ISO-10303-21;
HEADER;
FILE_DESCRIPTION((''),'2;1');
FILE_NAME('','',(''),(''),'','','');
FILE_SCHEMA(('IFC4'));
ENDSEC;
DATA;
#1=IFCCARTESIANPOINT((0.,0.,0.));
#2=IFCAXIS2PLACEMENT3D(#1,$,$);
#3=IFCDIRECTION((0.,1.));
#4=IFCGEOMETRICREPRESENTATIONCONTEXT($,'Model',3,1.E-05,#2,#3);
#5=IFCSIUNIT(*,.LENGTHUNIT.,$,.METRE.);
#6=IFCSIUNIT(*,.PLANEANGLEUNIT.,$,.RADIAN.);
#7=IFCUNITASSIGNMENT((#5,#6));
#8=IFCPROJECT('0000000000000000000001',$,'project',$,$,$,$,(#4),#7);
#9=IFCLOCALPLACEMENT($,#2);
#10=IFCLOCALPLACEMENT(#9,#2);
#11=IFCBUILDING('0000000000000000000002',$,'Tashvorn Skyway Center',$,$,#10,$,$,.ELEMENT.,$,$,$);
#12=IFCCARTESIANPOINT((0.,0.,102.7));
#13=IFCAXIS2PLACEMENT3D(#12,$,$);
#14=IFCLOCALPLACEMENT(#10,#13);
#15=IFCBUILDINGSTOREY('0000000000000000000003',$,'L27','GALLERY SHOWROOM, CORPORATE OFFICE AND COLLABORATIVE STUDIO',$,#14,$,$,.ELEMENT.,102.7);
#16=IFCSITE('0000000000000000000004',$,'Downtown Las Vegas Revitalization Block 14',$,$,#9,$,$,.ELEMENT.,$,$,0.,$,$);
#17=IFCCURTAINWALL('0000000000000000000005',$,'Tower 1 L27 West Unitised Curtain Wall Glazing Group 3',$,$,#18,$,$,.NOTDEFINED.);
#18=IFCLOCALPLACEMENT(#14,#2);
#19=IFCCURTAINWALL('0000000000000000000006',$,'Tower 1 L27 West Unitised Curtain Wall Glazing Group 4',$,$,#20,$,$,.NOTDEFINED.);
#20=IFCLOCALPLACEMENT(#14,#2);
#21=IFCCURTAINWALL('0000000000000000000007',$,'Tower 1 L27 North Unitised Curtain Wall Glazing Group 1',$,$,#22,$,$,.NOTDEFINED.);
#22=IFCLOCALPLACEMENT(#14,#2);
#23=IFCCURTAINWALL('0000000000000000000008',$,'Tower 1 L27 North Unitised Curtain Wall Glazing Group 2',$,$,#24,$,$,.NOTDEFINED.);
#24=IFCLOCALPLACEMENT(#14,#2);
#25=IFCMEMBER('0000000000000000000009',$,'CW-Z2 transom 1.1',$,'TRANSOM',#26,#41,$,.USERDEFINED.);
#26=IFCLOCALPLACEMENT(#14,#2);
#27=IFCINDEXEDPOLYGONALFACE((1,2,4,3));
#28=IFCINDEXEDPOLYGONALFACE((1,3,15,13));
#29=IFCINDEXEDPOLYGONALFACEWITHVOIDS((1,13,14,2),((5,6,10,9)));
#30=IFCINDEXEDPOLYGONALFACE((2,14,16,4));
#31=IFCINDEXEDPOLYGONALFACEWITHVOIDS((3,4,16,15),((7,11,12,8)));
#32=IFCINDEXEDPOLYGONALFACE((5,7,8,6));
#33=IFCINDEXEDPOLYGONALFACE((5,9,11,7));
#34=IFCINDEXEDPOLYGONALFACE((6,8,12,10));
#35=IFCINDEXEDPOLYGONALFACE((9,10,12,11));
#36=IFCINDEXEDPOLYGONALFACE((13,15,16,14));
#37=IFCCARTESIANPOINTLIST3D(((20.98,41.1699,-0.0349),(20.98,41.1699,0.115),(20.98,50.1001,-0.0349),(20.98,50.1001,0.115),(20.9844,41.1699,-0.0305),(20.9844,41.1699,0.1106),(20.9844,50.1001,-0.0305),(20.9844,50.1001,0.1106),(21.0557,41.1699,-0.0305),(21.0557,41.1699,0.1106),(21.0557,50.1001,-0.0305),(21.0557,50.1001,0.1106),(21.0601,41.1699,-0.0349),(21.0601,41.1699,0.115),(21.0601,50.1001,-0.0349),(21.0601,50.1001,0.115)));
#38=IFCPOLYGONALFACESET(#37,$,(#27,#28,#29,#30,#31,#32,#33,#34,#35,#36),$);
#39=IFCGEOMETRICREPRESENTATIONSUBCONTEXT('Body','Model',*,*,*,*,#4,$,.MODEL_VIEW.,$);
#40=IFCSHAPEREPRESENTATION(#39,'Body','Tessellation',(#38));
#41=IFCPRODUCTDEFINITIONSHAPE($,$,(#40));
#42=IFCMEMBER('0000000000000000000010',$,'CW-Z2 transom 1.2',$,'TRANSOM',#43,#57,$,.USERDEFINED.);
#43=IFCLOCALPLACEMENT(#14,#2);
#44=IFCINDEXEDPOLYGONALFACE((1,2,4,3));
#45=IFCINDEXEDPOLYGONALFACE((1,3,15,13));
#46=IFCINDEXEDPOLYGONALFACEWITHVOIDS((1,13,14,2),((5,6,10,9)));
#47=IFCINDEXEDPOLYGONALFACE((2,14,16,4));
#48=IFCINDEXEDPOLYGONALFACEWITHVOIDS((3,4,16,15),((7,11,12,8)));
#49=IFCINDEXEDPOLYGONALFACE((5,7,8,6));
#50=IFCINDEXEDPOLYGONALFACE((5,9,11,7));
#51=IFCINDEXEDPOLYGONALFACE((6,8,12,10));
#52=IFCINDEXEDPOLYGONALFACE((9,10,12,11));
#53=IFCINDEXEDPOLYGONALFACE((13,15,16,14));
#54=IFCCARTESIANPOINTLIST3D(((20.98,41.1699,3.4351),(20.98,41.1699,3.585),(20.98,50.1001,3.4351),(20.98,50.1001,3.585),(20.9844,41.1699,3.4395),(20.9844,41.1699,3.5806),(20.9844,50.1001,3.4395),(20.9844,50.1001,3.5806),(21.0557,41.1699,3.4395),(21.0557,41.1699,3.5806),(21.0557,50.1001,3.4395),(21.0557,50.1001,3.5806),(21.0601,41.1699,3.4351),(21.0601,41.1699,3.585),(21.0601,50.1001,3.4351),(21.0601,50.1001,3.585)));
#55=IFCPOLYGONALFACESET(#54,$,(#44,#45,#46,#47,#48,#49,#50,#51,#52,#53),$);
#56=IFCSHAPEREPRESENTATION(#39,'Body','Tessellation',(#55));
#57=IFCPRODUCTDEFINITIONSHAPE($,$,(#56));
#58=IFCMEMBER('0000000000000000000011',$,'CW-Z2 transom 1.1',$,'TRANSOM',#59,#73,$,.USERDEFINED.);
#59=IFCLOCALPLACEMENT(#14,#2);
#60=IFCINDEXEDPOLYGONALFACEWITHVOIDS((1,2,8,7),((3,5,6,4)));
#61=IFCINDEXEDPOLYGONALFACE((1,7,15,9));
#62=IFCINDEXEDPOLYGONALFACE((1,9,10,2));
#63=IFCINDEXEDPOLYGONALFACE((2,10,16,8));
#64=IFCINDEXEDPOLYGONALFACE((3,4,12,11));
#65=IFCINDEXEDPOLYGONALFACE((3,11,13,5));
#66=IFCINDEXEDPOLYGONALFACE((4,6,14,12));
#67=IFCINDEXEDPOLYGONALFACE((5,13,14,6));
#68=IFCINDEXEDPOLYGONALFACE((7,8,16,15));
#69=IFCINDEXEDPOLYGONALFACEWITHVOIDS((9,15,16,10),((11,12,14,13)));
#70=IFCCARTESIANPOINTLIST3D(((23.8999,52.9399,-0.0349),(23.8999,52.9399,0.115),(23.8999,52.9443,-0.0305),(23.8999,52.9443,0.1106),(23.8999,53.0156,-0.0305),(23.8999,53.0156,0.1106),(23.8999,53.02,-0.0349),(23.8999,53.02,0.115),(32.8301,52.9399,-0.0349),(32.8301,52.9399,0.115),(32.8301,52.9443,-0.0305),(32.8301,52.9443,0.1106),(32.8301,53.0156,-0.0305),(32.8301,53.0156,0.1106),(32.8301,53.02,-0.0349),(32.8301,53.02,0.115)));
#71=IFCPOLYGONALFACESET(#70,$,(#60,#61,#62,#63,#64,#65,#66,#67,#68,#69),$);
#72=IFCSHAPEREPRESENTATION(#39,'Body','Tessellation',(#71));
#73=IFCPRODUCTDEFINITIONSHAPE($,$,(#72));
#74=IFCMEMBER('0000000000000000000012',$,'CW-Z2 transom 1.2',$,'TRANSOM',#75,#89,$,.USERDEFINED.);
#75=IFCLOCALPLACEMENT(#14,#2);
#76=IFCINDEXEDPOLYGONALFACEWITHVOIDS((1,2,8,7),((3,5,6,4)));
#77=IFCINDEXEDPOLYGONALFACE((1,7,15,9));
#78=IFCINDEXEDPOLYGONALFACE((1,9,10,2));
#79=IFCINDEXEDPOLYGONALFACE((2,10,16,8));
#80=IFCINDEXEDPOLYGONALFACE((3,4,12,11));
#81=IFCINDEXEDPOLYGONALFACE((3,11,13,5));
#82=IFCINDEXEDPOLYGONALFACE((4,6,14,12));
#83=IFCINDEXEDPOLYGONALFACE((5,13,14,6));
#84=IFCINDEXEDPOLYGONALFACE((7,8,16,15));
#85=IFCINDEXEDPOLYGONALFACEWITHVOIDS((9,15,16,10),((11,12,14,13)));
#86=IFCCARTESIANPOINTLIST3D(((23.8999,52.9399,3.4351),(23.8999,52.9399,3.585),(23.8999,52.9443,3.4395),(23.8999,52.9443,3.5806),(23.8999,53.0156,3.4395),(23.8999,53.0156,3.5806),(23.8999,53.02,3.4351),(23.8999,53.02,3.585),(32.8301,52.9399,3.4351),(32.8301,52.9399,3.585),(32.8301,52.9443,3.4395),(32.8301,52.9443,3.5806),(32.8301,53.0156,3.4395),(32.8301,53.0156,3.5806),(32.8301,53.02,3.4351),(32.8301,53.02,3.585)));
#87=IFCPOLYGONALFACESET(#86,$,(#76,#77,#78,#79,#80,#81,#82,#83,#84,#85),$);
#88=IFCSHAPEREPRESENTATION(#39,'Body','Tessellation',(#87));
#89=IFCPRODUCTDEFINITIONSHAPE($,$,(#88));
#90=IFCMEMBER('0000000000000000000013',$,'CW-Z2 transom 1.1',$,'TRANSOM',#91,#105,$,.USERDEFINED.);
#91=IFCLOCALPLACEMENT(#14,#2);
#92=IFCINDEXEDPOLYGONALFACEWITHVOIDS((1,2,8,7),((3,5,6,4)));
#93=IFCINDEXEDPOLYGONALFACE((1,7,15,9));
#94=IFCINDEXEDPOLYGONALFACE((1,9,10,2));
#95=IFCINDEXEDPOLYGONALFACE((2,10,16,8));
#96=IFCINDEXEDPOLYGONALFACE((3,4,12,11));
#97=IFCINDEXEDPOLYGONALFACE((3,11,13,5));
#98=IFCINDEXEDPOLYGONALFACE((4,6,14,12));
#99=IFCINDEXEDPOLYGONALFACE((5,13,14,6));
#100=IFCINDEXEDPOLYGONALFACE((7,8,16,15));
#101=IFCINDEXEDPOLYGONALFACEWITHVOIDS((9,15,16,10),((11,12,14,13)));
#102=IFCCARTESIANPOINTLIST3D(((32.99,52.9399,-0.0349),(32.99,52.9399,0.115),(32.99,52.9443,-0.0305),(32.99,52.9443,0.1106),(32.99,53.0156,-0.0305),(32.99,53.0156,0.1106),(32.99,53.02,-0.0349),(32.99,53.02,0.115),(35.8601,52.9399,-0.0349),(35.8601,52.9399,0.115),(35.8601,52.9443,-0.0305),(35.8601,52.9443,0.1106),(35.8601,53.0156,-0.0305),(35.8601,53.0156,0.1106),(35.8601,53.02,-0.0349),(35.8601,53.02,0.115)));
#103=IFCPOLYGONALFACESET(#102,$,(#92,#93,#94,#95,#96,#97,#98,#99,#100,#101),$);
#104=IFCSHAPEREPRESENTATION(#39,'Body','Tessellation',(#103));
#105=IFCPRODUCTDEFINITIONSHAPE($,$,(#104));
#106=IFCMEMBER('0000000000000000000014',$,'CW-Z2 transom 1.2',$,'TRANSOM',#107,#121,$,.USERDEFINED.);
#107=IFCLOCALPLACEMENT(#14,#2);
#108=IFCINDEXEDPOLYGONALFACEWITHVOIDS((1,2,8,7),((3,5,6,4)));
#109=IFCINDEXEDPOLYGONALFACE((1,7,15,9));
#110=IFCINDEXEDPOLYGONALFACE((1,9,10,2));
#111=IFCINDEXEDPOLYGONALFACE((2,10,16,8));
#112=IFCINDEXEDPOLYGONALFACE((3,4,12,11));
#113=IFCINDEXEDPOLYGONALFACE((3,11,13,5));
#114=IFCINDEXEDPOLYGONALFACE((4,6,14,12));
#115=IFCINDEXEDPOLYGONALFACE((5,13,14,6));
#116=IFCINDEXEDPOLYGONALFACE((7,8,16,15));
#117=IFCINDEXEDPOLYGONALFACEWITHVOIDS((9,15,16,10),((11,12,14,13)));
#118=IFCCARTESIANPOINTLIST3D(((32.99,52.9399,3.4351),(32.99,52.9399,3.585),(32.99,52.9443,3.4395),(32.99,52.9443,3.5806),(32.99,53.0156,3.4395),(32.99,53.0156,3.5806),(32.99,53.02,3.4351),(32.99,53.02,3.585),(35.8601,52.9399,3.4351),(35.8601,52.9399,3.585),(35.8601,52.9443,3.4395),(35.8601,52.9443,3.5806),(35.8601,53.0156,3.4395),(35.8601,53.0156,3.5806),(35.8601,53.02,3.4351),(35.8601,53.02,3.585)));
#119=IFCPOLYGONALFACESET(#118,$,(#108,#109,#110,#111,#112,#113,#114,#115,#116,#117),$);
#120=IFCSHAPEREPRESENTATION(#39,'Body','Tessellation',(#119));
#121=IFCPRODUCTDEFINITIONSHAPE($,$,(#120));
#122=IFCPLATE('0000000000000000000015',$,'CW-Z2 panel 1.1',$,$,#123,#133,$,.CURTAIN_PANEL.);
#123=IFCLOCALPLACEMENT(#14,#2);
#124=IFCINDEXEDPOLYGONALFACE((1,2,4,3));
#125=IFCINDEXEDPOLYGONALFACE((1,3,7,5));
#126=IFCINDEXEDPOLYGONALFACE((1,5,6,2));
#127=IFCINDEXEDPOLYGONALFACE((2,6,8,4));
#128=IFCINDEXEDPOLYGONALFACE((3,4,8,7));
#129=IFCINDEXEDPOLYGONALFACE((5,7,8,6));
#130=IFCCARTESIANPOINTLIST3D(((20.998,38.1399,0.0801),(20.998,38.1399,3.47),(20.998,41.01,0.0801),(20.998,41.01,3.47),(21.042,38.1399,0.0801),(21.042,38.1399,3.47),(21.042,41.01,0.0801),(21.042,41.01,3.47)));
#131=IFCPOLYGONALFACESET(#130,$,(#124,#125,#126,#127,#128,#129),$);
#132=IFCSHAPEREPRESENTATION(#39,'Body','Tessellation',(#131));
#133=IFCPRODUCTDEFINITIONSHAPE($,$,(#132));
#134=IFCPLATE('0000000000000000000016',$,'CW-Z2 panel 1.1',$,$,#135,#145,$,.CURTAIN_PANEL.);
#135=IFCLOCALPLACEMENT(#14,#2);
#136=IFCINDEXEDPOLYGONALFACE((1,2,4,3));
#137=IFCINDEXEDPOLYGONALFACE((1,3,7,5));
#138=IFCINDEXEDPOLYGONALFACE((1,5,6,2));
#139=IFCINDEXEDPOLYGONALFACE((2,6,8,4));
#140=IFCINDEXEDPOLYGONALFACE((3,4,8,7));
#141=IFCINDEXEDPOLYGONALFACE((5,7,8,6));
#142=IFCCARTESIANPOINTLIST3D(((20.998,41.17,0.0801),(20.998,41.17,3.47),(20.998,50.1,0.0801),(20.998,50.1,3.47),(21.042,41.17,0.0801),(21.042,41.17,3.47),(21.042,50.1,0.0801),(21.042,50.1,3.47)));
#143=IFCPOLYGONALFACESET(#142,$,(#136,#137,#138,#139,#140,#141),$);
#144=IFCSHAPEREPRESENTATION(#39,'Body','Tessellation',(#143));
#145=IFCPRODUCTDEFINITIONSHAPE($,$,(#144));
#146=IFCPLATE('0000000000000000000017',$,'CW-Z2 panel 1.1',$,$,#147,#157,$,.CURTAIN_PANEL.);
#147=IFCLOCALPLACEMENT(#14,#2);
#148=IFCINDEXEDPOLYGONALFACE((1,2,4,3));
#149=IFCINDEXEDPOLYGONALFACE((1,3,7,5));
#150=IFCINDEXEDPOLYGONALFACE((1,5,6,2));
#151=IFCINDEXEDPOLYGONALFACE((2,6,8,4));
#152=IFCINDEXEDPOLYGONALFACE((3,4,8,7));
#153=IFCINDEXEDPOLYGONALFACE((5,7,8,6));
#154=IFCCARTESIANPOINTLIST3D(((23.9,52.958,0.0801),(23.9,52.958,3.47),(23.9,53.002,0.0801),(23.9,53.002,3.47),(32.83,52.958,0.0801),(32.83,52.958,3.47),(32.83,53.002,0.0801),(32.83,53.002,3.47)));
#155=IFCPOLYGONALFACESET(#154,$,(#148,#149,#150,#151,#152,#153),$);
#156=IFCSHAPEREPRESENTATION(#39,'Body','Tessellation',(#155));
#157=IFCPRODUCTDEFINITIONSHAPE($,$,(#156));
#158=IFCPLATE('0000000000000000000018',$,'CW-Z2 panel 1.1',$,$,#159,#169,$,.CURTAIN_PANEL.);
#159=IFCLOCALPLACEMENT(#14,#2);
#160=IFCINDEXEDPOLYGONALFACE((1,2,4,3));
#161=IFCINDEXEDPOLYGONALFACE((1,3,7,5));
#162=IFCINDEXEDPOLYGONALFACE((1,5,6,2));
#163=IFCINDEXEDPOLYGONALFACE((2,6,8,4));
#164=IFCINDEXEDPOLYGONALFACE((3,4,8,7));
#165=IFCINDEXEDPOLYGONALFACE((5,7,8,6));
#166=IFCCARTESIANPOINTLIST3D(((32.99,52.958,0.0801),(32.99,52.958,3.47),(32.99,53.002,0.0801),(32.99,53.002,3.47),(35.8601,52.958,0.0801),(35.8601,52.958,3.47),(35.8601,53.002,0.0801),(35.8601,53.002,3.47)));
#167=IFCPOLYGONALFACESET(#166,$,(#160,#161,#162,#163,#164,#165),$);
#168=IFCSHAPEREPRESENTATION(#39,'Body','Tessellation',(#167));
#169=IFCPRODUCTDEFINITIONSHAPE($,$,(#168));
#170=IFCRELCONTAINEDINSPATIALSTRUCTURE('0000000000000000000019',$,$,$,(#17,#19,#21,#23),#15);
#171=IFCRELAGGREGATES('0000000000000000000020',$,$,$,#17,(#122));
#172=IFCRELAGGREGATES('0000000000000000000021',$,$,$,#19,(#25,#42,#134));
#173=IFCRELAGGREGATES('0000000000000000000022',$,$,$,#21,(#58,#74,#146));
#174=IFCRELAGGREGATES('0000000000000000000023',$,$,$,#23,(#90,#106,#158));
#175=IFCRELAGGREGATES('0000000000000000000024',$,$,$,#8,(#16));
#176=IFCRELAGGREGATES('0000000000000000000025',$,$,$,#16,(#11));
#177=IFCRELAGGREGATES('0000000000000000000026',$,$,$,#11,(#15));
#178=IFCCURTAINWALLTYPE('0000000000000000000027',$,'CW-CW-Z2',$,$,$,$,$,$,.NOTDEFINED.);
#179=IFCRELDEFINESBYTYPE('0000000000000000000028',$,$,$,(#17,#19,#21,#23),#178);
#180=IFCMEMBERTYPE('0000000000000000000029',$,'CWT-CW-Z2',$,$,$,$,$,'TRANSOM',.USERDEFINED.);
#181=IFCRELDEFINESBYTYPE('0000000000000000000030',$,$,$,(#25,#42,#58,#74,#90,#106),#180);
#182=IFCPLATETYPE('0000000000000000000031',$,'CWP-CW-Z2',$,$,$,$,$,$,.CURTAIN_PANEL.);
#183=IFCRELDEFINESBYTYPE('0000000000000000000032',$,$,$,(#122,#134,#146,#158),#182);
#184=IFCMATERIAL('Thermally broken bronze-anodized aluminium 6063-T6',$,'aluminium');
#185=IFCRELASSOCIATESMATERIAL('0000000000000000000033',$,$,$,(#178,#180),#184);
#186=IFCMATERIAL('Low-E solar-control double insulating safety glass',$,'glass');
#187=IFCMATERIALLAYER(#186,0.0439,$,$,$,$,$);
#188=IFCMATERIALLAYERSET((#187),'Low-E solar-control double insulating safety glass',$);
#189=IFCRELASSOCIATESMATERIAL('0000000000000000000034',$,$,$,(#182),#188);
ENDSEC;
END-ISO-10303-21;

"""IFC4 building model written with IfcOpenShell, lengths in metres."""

from ifc_helpers import new_model, si_unit, direction, frame, origin, origin_2d, place, context, subcontext, project, spatial, rectangle, hollow_rectangle, extrude, material, layer, layer_set, material_profile, profile_set, type_object, element, aggregate, save


model = new_model("IFC4")

# Units and contexts
model_context = context("Model", 3, precision=1e-05, world=origin(), true_north=direction((0.0, 1.0)))
body_context = subcontext(model_context, "Body", "Model", "MODEL_VIEW")
ifc_project = project(units=[si_unit("LENGTHUNIT", "METRE"), si_unit("PLANEANGLEUNIT", "RADIAN")], contexts=[model_context])

# Site, building, storey
site_placement = place(None, origin())
site = spatial("IfcSite", under=ifc_project, at=site_placement, Name="Downtown Las Vegas Revitalization Block 14", CompositionType="ELEMENT", RefElevation=0.0)
building_placement = place(site_placement, origin())
building = spatial("IfcBuilding", under=site, at=building_placement, Name="Tashvorn Skyway Center", CompositionType="ELEMENT")
storey_placement = place(building_placement, frame((0.0, 0.0, 102.7)))
storey = spatial("IfcBuildingStorey", under=building, at=storey_placement, Name="L27", Description="GALLERY SHOWROOM, CORPORATE OFFICE AND COLLABORATIVE STUDIO", CompositionType="ELEMENT", Elevation=102.7)

# Curtain wall
ifc_material_1 = material(Name="Thermally broken bronze-anodized aluminium 6063-T6", Category="aluminium")
curtain_wall_type = type_object("IfcCurtainWallType", Name="CW-CW-Z2", PredefinedType="NOTDEFINED", material=ifc_material_1)
curtain_wall_1_placement = place(storey_placement, origin())
curtain_wall_1 = element("IfcCurtainWall", 1, at=curtain_wall_1_placement, inside=storey, type_object=curtain_wall_type, Name="Tower 1 L27 West Unitised Curtain Wall Glazing Group 3", PredefinedType="NOTDEFINED")

# Curtain walls
curtain_wall_2_placement = place(storey_placement, origin())
curtain_wall_2 = element("IfcCurtainWall", 2, at=curtain_wall_2_placement, inside=storey, type_object=curtain_wall_type, Name="Tower 1 L27 West Unitised Curtain Wall Glazing Group 4", PredefinedType="NOTDEFINED")
curtain_wall_3_placement = place(storey_placement, origin())
curtain_wall_3 = element("IfcCurtainWall", 3, at=curtain_wall_3_placement, inside=storey, type_object=curtain_wall_type, Name="Tower 1 L27 North Unitised Curtain Wall Glazing Group 1", PredefinedType="NOTDEFINED")

# Curtain wall
curtain_wall_4_placement = place(storey_placement, origin())
curtain_wall_4 = element("IfcCurtainWall", 4, at=curtain_wall_4_placement, inside=storey, type_object=curtain_wall_type, Name="Tower 1 L27 North Unitised Curtain Wall Glazing Group 2", PredefinedType="NOTDEFINED")

# Members
ifc_material_profile_1 = material_profile(ifc_material_1, hollow_rectangle(XDim=0.0801, YDim=0.1499, WallThickness=0.0044, at=origin_2d()), Name="ALU-TRAN-80x150")
ifc_profile_set_1 = profile_set([ifc_material_profile_1], Name="Thermally broken bronze-anodized aluminium 6063-T6")
member_type_1 = type_object("IfcMemberType", Name="CWT-CW-Z2", ElementType="TRANSOM", PredefinedType="USERDEFINED", material=ifc_profile_set_1)
member_1_placement = place(storey_placement, frame((21.02, 41.1699, 0.04), z_axis=(0.0, 1.0, 0.0), x_axis=(-1.0, 0.0, 0.0)))
member_1 = element("IfcMember", 5, at=member_1_placement, type_object=member_type_1, Name="CW-Z2 transom 1.1", ObjectType="TRANSOM", PredefinedType="USERDEFINED", context=body_context, shape_type="SweptSolid", body=[
    extrude(hollow_rectangle(XDim=0.0801, YDim=0.1499, WallThickness=0.0044, at=origin_2d()), origin(), (0.0, 0.0, 1.0), 8.9302),
])
member_2_placement = place(storey_placement, frame((21.02, 41.1699, 3.51), z_axis=(0.0, 1.0, 0.0), x_axis=(-1.0, 0.0, 0.0)))
member_2 = element("IfcMember", 6, at=member_2_placement, type_object=member_type_1, Name="CW-Z2 transom 1.2", ObjectType="TRANSOM", PredefinedType="USERDEFINED", context=body_context, shape_type="SweptSolid", body=[
    extrude(hollow_rectangle(XDim=0.0801, YDim=0.1499, WallThickness=0.0044, at=origin_2d()), origin(), (0.0, 0.0, 1.0), 8.9302),
])
member_3_placement = place(storey_placement, frame((23.8999, 52.98, 0.04), z_axis=(1.0, 0.0, 0.0), x_axis=(0.0, 1.0, 0.0)))
member_3 = element("IfcMember", 7, at=member_3_placement, type_object=member_type_1, Name="CW-Z2 transom 1.1", ObjectType="TRANSOM", PredefinedType="USERDEFINED", context=body_context, shape_type="SweptSolid", body=[
    extrude(hollow_rectangle(XDim=0.0801, YDim=0.1499, WallThickness=0.0044, at=origin_2d()), origin(), (0.0, 0.0, 1.0), 8.9302),
])
member_4_placement = place(storey_placement, frame((23.8999, 52.98, 3.51), z_axis=(1.0, 0.0, 0.0), x_axis=(0.0, 1.0, 0.0)))
member_4 = element("IfcMember", 8, at=member_4_placement, type_object=member_type_1, Name="CW-Z2 transom 1.2", ObjectType="TRANSOM", PredefinedType="USERDEFINED", context=body_context, shape_type="SweptSolid", body=[
    extrude(hollow_rectangle(XDim=0.0801, YDim=0.1499, WallThickness=0.0044, at=origin_2d()), origin(), (0.0, 0.0, 1.0), 8.9302),
])
member_5_placement = place(storey_placement, frame((32.99, 52.98, 0.04), z_axis=(1.0, 0.0, 0.0), x_axis=(0.0, 1.0, 0.0)))
member_5 = element("IfcMember", 9, at=member_5_placement, type_object=member_type_1, Name="CW-Z2 transom 1.1", ObjectType="TRANSOM", PredefinedType="USERDEFINED", context=body_context, shape_type="SweptSolid", body=[
    extrude(hollow_rectangle(XDim=0.0801, YDim=0.1499, WallThickness=0.0044, at=origin_2d()), origin(), (0.0, 0.0, 1.0), 2.8701),
])
member_6_placement = place(storey_placement, frame((32.99, 52.98, 3.51), z_axis=(1.0, 0.0, 0.0), x_axis=(0.0, 1.0, 0.0)))
member_6 = element("IfcMember", 10, at=member_6_placement, type_object=member_type_1, Name="CW-Z2 transom 1.2", ObjectType="TRANSOM", PredefinedType="USERDEFINED", context=body_context, shape_type="SweptSolid", body=[
    extrude(hollow_rectangle(XDim=0.0801, YDim=0.1499, WallThickness=0.0044, at=origin_2d()), origin(), (0.0, 0.0, 1.0), 2.8701),
])

# Plates
ifc_material_2 = material(Name="Low-E solar-control double insulating safety glass", Category="glass")
ifc_layer_1 = layer(ifc_material_2, 0.0439)
ifc_layer_set_1 = layer_set([ifc_layer_1], Name="Low-E solar-control double insulating safety glass")
plate_type = type_object("IfcPlateType", Name="CWP-CW-Z2", PredefinedType="CURTAIN_PANEL", material=ifc_layer_set_1)
plate_1_placement = place(storey_placement, frame((21.02, 39.575, 0.0801), z_axis=(0.0, 0.0, 1.0), x_axis=(0.0, 1.0, 0.0)))
plate_1 = element("IfcPlate", 11, at=plate_1_placement, type_object=plate_type, Name="CW-Z2 panel 1.1", PredefinedType="CURTAIN_PANEL", context=body_context, shape_type="SweptSolid", body=[
    extrude(rectangle(XDim=2.8701, YDim=0.0439, at=origin_2d()), origin(), (0.0, 0.0, 1.0), 3.3899),
])
aggregate(curtain_wall_1, [plate_1])
plate_2_placement = place(storey_placement, frame((21.02, 45.635, 0.0801), z_axis=(0.0, 0.0, 1.0), x_axis=(0.0, 1.0, 0.0)))
plate_2 = element("IfcPlate", 12, at=plate_2_placement, type_object=plate_type, Name="CW-Z2 panel 1.1", PredefinedType="CURTAIN_PANEL", context=body_context, shape_type="SweptSolid", body=[
    extrude(rectangle(XDim=8.9299, YDim=0.0439, at=origin_2d()), origin(), (0.0, 0.0, 1.0), 3.3899),
])
aggregate(curtain_wall_2, [member_1, member_2, plate_2])
plate_3_placement = place(storey_placement, frame((28.365, 52.98, 0.0801), z_axis=(0.0, 0.0, 1.0), x_axis=(1.0, 0.0, 0.0)))
plate_3 = element("IfcPlate", 13, at=plate_3_placement, type_object=plate_type, Name="CW-Z2 panel 1.1", PredefinedType="CURTAIN_PANEL", context=body_context, shape_type="SweptSolid", body=[
    extrude(rectangle(XDim=8.9299, YDim=0.0439, at=origin_2d()), origin(), (0.0, 0.0, 1.0), 3.3899),
])
aggregate(curtain_wall_3, [member_3, member_4, plate_3])
plate_4_placement = place(storey_placement, frame((34.425, 52.98, 0.0801), z_axis=(0.0, 0.0, 1.0), x_axis=(1.0, 0.0, 0.0)))
plate_4 = element("IfcPlate", 14, at=plate_4_placement, type_object=plate_type, Name="CW-Z2 panel 1.1", PredefinedType="CURTAIN_PANEL", context=body_context, shape_type="SweptSolid", body=[
    extrude(rectangle(XDim=2.8701, YDim=0.0439, at=origin_2d()), origin(), (0.0, 0.0, 1.0), 3.3899),
])
aggregate(curtain_wall_4, [member_5, member_6, plate_4])

save(model, "model.ifc")
